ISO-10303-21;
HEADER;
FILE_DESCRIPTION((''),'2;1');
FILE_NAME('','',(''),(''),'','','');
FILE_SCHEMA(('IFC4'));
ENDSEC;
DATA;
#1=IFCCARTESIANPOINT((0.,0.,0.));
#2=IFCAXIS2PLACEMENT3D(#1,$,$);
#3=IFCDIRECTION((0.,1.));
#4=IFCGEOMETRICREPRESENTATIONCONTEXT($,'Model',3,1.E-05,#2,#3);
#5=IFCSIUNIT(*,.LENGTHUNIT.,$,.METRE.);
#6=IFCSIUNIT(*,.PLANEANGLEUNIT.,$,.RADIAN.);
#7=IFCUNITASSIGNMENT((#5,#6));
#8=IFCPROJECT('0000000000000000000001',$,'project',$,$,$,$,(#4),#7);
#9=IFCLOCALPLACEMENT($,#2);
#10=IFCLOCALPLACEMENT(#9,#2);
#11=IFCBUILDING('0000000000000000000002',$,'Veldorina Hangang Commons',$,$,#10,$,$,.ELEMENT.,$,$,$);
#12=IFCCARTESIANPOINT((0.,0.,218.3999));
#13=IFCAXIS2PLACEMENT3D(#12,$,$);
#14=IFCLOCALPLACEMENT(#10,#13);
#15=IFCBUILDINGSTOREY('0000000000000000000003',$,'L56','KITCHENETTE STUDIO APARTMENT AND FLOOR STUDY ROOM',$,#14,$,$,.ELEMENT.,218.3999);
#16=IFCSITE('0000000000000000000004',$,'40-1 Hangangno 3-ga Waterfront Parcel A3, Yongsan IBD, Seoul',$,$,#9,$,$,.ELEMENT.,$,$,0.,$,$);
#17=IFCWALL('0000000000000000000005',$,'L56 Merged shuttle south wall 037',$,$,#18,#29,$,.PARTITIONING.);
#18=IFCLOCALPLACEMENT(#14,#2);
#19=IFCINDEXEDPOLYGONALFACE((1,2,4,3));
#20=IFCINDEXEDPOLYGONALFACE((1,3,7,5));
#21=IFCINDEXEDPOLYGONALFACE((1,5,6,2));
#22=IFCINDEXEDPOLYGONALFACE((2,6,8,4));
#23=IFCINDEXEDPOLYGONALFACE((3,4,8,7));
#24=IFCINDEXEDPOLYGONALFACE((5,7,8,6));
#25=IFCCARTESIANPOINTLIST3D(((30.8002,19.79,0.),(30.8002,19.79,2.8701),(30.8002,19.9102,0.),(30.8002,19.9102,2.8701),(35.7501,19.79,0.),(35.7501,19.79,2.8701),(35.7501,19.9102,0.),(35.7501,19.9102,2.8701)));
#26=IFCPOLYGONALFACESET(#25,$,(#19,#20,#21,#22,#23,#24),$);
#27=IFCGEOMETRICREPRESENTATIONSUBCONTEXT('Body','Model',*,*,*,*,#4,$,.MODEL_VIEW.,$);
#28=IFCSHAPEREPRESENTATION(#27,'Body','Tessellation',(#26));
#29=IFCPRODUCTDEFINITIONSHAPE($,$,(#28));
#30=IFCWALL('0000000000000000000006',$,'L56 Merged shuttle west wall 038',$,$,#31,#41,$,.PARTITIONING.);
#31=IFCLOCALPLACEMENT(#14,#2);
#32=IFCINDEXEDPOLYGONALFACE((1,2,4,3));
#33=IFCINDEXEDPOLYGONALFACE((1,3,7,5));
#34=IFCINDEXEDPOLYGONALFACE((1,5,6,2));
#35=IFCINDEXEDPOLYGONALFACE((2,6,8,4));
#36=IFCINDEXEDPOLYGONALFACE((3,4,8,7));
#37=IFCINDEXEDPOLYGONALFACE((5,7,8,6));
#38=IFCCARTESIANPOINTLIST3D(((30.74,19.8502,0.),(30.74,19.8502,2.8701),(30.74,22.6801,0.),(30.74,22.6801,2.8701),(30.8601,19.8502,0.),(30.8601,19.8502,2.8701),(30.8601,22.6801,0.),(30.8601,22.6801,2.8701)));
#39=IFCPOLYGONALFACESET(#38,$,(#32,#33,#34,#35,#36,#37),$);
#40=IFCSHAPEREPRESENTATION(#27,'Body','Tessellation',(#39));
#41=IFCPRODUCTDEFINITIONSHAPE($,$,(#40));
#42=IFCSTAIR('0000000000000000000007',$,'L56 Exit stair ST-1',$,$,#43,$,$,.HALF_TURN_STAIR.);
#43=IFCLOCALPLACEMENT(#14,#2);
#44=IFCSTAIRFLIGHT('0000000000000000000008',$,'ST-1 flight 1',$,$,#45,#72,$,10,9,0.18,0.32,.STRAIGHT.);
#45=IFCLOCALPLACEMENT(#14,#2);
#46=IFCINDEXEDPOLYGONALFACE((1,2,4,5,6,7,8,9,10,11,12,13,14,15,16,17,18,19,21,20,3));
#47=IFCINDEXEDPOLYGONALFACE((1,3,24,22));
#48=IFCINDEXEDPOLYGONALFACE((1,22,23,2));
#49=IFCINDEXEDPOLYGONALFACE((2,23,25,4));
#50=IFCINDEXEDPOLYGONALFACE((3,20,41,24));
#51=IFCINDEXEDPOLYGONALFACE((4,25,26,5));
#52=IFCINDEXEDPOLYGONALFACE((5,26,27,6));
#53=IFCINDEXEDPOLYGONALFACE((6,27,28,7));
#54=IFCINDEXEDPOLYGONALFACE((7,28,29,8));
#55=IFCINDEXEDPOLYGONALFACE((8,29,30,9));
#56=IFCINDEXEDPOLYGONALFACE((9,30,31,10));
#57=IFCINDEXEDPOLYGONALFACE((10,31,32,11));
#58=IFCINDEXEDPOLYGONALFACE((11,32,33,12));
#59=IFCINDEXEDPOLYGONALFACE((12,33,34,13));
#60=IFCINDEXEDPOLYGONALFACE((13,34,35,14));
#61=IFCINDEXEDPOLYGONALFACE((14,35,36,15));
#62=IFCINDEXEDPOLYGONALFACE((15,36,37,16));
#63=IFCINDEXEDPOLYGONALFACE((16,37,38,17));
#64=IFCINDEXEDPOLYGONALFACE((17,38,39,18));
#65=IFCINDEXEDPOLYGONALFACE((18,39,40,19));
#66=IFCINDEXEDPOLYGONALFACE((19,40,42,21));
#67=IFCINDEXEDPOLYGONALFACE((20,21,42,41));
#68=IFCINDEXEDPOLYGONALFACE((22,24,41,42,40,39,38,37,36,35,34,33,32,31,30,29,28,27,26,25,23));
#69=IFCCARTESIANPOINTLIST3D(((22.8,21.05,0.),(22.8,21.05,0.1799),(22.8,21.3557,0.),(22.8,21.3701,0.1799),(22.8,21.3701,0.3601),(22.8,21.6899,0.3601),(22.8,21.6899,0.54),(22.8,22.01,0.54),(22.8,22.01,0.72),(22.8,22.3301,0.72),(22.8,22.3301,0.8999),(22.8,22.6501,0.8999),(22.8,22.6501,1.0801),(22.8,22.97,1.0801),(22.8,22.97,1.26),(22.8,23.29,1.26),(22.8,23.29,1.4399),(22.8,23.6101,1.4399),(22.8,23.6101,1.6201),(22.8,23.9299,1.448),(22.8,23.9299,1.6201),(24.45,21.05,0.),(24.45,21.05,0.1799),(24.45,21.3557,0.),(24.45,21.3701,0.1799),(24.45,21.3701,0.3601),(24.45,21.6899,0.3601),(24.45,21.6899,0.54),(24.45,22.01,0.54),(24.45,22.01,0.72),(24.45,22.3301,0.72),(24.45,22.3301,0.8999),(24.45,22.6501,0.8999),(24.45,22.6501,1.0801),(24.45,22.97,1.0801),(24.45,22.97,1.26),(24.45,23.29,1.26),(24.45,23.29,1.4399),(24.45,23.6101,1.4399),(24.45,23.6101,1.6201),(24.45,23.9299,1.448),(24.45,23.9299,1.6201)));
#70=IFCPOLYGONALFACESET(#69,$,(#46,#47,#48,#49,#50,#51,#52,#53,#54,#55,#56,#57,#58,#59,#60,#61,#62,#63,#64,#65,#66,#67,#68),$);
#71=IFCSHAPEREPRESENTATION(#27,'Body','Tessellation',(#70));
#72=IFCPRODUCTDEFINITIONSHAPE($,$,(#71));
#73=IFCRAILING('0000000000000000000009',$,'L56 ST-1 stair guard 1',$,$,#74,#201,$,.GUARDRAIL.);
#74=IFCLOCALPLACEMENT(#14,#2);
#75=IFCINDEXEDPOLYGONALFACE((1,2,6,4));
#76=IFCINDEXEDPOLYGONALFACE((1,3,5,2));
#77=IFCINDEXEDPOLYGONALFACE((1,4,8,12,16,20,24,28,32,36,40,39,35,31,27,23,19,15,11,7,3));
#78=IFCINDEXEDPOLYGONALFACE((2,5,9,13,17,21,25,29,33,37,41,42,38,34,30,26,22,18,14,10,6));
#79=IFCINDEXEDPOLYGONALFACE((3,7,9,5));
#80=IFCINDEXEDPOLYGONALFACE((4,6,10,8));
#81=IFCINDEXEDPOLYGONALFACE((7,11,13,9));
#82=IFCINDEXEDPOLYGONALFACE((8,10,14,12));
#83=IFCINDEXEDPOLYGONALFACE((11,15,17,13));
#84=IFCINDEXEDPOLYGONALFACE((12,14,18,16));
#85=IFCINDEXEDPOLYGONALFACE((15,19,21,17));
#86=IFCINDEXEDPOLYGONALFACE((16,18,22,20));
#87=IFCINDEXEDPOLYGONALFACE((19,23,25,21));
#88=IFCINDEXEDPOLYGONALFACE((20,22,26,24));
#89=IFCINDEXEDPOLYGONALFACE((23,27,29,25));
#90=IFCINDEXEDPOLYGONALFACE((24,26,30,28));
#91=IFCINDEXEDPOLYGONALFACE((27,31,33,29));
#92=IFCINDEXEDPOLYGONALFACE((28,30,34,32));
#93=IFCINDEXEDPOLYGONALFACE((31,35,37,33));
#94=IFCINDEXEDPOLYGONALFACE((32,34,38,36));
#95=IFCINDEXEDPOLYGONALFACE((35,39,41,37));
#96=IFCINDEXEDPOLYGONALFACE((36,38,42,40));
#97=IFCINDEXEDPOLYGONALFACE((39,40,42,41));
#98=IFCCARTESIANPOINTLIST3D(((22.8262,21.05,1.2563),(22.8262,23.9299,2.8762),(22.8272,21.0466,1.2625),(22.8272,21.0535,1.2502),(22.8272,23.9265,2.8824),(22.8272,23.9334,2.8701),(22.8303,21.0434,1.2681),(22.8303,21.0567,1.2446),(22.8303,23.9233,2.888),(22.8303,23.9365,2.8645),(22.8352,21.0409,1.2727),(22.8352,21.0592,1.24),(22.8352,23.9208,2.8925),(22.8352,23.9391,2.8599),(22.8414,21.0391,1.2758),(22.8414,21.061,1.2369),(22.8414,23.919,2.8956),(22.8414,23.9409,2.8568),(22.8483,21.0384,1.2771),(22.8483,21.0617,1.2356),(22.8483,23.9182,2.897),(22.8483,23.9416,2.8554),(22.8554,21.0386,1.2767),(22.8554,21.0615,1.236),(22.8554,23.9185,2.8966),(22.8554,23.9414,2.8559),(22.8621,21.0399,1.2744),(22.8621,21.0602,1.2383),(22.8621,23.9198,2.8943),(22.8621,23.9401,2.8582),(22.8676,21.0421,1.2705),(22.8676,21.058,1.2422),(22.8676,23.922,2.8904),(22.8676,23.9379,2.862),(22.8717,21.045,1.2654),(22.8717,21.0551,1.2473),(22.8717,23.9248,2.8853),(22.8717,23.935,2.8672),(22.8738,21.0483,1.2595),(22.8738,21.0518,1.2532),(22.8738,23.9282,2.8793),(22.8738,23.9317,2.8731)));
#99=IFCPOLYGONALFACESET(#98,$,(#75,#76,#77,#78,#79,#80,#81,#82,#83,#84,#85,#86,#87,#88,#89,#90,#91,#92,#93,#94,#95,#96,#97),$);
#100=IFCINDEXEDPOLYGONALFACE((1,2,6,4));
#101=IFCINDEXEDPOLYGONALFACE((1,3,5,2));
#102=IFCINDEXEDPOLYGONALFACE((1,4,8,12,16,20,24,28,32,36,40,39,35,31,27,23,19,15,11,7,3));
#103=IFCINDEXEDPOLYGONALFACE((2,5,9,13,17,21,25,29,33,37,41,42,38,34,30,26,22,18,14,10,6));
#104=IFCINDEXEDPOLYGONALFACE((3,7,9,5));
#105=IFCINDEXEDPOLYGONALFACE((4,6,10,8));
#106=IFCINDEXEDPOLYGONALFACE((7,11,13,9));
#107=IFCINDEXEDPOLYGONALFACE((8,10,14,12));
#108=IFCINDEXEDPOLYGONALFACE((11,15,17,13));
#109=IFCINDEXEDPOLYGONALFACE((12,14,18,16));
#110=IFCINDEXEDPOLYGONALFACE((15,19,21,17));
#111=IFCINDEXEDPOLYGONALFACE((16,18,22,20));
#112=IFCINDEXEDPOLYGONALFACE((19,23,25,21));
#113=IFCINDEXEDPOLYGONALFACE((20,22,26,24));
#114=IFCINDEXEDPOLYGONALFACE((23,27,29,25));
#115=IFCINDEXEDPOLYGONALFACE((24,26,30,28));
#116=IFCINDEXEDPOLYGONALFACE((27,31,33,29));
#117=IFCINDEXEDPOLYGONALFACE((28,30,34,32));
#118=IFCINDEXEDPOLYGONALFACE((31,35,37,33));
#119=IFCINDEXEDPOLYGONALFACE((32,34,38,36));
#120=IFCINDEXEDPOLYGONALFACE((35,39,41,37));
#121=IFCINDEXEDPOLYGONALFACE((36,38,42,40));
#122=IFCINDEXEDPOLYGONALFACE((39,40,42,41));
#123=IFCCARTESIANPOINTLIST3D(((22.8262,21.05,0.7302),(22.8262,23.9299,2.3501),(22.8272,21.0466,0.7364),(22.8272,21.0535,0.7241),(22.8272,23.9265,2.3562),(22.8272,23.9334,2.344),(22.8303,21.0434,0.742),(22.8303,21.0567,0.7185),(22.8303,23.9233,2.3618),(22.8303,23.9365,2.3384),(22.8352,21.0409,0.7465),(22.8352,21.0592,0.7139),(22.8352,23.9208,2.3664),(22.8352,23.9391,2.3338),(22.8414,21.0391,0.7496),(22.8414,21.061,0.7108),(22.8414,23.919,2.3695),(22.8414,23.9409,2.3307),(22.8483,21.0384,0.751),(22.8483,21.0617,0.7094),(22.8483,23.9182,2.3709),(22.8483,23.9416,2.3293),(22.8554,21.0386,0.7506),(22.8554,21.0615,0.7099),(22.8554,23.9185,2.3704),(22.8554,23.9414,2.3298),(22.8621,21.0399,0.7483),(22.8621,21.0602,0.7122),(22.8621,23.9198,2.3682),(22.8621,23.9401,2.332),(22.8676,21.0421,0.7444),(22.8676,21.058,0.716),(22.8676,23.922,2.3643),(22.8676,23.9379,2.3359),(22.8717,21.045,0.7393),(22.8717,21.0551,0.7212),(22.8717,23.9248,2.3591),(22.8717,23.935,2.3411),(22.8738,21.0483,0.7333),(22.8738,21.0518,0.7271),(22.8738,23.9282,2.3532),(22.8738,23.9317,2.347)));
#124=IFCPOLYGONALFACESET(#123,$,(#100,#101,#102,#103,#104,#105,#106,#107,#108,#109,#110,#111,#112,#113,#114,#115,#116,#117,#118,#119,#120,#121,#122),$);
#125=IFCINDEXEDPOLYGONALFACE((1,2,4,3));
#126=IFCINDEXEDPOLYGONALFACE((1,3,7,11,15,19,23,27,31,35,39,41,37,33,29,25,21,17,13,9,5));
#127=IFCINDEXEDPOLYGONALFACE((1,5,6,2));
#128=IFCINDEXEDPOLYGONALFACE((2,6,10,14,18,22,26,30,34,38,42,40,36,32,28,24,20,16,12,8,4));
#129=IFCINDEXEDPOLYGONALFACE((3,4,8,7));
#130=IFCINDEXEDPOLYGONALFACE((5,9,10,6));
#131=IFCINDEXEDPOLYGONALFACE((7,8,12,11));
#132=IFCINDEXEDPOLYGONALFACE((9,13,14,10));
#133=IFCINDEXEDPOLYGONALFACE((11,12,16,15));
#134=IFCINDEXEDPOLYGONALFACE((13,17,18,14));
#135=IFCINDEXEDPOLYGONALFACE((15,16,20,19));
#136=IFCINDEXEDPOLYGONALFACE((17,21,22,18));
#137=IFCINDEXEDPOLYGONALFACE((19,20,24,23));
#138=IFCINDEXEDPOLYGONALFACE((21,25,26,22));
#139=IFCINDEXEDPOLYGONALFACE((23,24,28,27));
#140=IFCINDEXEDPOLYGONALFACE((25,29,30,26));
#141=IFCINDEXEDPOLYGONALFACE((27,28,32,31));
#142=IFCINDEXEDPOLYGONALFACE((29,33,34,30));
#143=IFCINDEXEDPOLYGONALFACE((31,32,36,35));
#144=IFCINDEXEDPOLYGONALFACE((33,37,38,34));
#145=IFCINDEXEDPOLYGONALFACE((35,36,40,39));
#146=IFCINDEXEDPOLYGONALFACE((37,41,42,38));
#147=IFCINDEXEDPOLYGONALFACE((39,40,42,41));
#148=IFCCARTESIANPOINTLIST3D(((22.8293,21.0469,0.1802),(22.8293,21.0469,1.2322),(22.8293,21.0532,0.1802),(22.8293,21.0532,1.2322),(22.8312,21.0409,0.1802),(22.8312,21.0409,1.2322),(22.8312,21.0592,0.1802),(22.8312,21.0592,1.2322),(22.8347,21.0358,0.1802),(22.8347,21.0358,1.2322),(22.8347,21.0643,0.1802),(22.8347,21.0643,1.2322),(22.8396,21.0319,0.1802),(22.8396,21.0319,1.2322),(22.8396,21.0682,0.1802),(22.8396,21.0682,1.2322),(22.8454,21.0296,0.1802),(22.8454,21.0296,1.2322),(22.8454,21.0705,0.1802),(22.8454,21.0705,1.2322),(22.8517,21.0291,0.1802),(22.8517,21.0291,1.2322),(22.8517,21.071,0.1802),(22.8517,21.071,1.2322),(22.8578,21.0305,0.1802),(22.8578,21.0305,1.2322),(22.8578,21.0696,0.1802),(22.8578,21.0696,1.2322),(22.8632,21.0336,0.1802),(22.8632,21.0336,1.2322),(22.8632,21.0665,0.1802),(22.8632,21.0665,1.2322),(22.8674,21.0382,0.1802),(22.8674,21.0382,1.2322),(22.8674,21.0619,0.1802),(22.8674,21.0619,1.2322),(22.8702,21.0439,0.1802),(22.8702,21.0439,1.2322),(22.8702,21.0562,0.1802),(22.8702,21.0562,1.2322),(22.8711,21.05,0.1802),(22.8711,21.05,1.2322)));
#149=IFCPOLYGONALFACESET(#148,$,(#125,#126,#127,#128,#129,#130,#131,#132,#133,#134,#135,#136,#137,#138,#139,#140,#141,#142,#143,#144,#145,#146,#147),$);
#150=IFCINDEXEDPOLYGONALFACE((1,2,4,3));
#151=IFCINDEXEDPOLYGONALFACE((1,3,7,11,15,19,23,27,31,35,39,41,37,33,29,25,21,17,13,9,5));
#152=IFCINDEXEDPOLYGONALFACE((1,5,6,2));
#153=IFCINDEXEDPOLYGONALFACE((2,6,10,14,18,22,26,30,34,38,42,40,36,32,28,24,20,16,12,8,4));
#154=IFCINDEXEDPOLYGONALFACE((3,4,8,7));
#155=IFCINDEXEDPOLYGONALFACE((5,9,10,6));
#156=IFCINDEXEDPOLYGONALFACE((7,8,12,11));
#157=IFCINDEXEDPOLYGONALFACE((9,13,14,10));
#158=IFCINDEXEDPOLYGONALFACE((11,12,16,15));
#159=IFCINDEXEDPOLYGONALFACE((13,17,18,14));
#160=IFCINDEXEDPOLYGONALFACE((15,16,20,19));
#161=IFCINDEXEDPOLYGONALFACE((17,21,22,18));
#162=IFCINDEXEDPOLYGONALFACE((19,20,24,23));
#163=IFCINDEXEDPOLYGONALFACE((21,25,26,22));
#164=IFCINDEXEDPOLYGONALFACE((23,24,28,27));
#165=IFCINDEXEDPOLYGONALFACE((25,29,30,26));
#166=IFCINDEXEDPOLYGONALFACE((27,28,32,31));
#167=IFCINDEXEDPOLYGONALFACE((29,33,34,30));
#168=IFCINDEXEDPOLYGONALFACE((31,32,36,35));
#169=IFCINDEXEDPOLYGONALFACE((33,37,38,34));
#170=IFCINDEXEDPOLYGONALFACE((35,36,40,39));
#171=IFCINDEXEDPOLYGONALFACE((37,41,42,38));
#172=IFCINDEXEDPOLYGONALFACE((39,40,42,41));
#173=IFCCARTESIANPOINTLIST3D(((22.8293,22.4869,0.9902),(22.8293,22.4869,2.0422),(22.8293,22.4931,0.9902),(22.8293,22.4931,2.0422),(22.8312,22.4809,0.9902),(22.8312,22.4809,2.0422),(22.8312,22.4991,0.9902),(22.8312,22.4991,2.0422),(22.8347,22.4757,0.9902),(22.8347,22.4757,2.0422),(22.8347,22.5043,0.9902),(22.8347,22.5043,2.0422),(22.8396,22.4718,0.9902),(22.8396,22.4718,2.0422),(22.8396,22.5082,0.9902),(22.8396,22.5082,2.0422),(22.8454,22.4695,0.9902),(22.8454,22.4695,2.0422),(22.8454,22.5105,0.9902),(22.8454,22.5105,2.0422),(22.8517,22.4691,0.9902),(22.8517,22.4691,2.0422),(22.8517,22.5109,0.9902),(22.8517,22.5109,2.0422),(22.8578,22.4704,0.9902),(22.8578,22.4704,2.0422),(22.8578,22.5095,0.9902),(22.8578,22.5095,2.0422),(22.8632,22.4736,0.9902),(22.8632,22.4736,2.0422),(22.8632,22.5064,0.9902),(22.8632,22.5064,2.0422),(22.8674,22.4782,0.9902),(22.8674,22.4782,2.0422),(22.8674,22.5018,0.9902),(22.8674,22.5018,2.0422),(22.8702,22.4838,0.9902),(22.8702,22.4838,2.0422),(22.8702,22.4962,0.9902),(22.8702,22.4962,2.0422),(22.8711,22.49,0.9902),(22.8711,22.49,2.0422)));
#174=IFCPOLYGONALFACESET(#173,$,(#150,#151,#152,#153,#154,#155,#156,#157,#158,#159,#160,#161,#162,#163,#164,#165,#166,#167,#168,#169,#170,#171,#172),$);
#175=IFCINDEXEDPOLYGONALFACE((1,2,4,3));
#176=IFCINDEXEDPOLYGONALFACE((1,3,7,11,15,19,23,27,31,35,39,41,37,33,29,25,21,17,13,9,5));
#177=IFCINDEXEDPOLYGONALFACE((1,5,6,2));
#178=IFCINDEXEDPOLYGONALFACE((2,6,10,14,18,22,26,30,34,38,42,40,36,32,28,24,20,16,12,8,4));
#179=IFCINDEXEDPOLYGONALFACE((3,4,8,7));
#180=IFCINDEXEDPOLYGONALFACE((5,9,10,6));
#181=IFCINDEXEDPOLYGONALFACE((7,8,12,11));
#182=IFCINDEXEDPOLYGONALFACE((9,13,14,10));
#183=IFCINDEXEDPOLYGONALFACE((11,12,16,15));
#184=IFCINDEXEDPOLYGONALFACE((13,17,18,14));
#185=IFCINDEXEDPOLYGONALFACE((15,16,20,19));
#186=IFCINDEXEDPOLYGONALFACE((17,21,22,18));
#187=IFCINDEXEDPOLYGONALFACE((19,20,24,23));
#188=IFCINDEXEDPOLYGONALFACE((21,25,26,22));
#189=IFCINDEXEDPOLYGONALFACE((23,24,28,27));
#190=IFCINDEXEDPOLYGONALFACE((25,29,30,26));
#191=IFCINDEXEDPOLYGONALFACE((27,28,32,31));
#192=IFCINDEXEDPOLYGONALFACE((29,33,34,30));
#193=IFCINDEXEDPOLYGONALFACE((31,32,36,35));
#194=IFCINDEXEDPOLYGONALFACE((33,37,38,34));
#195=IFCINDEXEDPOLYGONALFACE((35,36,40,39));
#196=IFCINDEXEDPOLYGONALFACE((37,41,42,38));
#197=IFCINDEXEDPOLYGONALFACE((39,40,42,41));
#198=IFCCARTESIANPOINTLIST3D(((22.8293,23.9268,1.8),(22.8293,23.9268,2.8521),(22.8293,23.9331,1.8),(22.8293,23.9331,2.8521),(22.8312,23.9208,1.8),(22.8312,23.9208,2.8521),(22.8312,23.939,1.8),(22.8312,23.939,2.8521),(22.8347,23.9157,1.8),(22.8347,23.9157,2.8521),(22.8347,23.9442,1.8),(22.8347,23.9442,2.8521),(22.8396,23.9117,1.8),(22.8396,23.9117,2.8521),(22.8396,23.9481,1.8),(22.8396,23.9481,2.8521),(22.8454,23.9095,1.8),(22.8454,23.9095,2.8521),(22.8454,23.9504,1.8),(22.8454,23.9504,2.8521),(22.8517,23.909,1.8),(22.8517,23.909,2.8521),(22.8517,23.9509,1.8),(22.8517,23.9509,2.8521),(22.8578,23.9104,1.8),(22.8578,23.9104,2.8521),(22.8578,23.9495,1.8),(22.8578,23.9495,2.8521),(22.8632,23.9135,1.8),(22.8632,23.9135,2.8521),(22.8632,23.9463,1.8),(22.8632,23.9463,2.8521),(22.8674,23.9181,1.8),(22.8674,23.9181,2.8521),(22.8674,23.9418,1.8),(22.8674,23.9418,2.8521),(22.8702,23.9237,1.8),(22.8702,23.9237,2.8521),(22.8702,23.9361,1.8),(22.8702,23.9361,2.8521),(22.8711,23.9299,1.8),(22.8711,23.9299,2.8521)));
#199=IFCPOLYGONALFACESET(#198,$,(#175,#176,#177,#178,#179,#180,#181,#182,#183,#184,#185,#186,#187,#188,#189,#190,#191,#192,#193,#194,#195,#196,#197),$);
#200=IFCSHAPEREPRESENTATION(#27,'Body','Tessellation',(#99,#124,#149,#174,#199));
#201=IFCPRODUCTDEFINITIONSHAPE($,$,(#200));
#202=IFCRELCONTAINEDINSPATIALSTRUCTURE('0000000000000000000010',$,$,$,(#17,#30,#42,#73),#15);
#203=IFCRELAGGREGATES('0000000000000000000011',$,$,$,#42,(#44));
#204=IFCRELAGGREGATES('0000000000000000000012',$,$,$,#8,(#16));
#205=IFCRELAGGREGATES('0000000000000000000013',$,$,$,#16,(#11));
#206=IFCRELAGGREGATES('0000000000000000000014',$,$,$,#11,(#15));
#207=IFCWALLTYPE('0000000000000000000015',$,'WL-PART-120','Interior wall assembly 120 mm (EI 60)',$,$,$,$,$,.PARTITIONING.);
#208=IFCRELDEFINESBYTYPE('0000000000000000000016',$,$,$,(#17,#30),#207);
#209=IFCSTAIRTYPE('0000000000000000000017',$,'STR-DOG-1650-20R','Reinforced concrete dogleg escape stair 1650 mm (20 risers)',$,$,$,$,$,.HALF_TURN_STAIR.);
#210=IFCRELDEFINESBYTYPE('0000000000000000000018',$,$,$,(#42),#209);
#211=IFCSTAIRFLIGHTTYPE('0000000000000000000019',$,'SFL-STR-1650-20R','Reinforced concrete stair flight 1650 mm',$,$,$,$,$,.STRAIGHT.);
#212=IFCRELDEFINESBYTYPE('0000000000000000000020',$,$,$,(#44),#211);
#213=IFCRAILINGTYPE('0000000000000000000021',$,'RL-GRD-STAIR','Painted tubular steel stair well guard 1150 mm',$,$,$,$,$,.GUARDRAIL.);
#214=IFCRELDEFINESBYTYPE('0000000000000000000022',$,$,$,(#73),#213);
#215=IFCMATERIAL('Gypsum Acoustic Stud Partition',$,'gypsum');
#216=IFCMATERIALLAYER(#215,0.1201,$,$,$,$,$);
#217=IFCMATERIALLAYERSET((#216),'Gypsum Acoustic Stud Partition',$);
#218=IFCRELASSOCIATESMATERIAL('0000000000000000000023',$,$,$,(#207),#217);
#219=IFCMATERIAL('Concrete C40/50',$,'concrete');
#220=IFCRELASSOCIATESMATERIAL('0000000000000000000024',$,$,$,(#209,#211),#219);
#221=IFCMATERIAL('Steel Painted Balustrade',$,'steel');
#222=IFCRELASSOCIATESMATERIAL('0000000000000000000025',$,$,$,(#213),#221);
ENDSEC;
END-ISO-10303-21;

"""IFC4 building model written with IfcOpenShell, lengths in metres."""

from ifc_helpers import new_model, si_unit, direction, frame, frame_2d, origin, origin_2d, place, context, subcontext, project, spatial, polyline, rectangle, circle, outline, extrude, material, layer, layer_set, type_object, element, aggregate, save


model = new_model("IFC4")

# Units and contexts
model_context = context("Model", 3, precision=1e-05, world=origin(), true_north=direction((0.0, 1.0)))
body_context = subcontext(model_context, "Body", "Model", "MODEL_VIEW")
ifc_project = project(units=[si_unit("LENGTHUNIT", "METRE"), si_unit("PLANEANGLEUNIT", "RADIAN")], contexts=[model_context])

# Site, building, storey
site_placement = place(None, origin())
site = spatial("IfcSite", under=ifc_project, at=site_placement, Name="40-1 Hangangno 3-ga Waterfront Parcel A3, Yongsan IBD, Seoul", CompositionType="ELEMENT", RefElevation=0.0)
building_placement = place(site_placement, origin())
building = spatial("IfcBuilding", under=site, at=building_placement, Name="Veldorina Hangang Commons", CompositionType="ELEMENT")
storey_placement = place(building_placement, frame((0.0, 0.0, 218.3999)))
storey = spatial("IfcBuildingStorey", under=building, at=storey_placement, Name="L56", Description="KITCHENETTE STUDIO APARTMENT AND FLOOR STUDY ROOM", CompositionType="ELEMENT", Elevation=218.3999)

# Shared definitions
ifc_material_1 = material(Name="Gypsum Acoustic Stud Partition", Category="gypsum")
ifc_layer_1 = layer(ifc_material_1, 0.1201)
ifc_layer_set_1 = layer_set([ifc_layer_1], Name="Gypsum Acoustic Stud Partition")
wall_type_1 = type_object("IfcWallType", Name="WL-PART-120", Description="Interior wall assembly 120 mm (EI 60)", PredefinedType="PARTITIONING", material=ifc_layer_set_1)

# Walls
wall_1_placement = place(storey_placement, frame((30.8, 19.8501, 0.0), z_axis=(0.0, 0.0, 1.0), x_axis=(1.0, 0.0, 0.0)))
element("IfcWall", 1, at=wall_1_placement, inside=storey, type_object=wall_type_1, Name="L56 Merged shuttle south wall 037", PredefinedType="PARTITIONING", context=body_context, shape_type="SweptSolid", body=[
    extrude(rectangle(XDim=4.95, YDim=0.1201, at=frame_2d((2.4751, 0.0))), origin(), (0.0, 0.0, 1.0), 2.8701),
])
wall_2_placement = place(storey_placement, frame((30.8, 19.8501, 0.0), z_axis=(0.0, 0.0, 1.0), x_axis=(0.0, 1.0, 0.0)))
element("IfcWall", 2, at=wall_2_placement, inside=storey, type_object=wall_type_1, Name="L56 Merged shuttle west wall 038", PredefinedType="PARTITIONING", context=body_context, shape_type="SweptSolid", body=[
    extrude(rectangle(XDim=2.8298, YDim=0.1201, at=frame_2d((1.415, 0.0))), origin(), (0.0, 0.0, 1.0), 2.8701),
])

# Stair, stair flight
ifc_material_2 = material(Name="Concrete C40/50", Category="concrete")
stair_type = type_object("IfcStairType", Name="STR-DOG-1650-20R", Description="Reinforced concrete dogleg escape stair 1650 mm (20 risers)", PredefinedType="HALF_TURN_STAIR", material=ifc_material_2)
stair_placement = place(storey_placement, origin())
stair = element("IfcStair", 3, at=stair_placement, inside=storey, type_object=stair_type, Name="L56 Exit stair ST-1", PredefinedType="HALF_TURN_STAIR")
stair_flight_type = type_object("IfcStairFlightType", Name="SFL-STR-1650-20R", Description="Reinforced concrete stair flight 1650 mm", PredefinedType="STRAIGHT", material=ifc_material_2)
stair_flight_placement = place(storey_placement, frame((23.625, 21.05, 0.0), z_axis=(0.0, 0.0, 1.0), x_axis=(0.0, 1.0, 0.0)))
stair_flight = element("IfcStairFlight", 4, at=stair_flight_placement, type_object=stair_flight_type, Name="ST-1 flight 1", NumberOfRisers=10, NumberOfTreads=9, PredefinedType="STRAIGHT", RiserHeight=0.18, TreadLength=0.32, context=body_context, shape_type="SweptSolid", body=[
    extrude(outline(polyline([(0.0, 0.0), (0.0, 0.1799), (0.3201, 0.1799), (0.3201, 0.3601), (0.6399, 0.3601), (0.6399, 0.54), (0.96, 0.54), (0.96, 0.72), (1.28, 0.72), (1.28, 0.8999), (1.6001, 0.8999), (1.6001, 1.0801), (1.9199, 1.0801), (1.9199, 1.26), (2.24, 1.26), (2.24, 1.4399), (2.5601, 1.4399), (2.5601, 1.6201), (2.8799, 1.6201), (2.8799, 1.8), (2.8799, 1.448), (0.3057, 0.0), (0.0, 0.0)])), frame((0.0, 0.825, 0.0), z_axis=(0.0, -1.0, 0.0), x_axis=(1.0, 0.0, 0.0)), (0.0, 0.0, 1.0), 1.6499),
])
aggregate(stair, [stair_flight])

# Railing
ifc_material_3 = material(Name="Steel Painted Balustrade", Category="steel")
railing_type_1 = type_object("IfcRailingType", Name="RL-GRD-STAIR", Description="Painted tubular steel stair well guard 1150 mm", PredefinedType="GUARDRAIL", material=ifc_material_3)
railing_1_placement = place(storey_placement, frame((22.8501, 21.05, 0.1802)))
element("IfcRailing", 5, at=railing_1_placement, inside=storey, type_object=railing_type_1, Name="L56 ST-1 stair guard 1", PredefinedType="GUARDRAIL", context=body_context, shape_type="SweptSolid", body=[
    extrude(circle(Radius=0.0239, at=origin_2d()), frame((0.0, 0.0, 1.0762), z_axis=(0.0, 0.871583, 0.490247), x_axis=(-1.0, 0.0, 0.0)), (0.0, 0.0, 1.0), 3.3042),
    extrude(circle(Radius=0.0239, at=origin_2d()), frame((0.0, 0.0, 0.55), z_axis=(0.0, 0.871583, 0.490247), x_axis=(-1.0, 0.0, 0.0)), (0.0, 0.0, 1.0), 3.3042),
    extrude(circle(Radius=0.021, at=origin_2d()), origin(), (0.0, 0.0, 1.0), 1.052),
    extrude(circle(Radius=0.021, at=origin_2d()), frame((0.0, 1.4399, 0.8101)), (0.0, 0.0, 1.0), 1.052),
    extrude(circle(Radius=0.021, at=origin_2d()), frame((0.0, 2.8799, 1.6199)), (0.0, 0.0, 1.0), 1.052),
])

save(model, "model.ifc")
